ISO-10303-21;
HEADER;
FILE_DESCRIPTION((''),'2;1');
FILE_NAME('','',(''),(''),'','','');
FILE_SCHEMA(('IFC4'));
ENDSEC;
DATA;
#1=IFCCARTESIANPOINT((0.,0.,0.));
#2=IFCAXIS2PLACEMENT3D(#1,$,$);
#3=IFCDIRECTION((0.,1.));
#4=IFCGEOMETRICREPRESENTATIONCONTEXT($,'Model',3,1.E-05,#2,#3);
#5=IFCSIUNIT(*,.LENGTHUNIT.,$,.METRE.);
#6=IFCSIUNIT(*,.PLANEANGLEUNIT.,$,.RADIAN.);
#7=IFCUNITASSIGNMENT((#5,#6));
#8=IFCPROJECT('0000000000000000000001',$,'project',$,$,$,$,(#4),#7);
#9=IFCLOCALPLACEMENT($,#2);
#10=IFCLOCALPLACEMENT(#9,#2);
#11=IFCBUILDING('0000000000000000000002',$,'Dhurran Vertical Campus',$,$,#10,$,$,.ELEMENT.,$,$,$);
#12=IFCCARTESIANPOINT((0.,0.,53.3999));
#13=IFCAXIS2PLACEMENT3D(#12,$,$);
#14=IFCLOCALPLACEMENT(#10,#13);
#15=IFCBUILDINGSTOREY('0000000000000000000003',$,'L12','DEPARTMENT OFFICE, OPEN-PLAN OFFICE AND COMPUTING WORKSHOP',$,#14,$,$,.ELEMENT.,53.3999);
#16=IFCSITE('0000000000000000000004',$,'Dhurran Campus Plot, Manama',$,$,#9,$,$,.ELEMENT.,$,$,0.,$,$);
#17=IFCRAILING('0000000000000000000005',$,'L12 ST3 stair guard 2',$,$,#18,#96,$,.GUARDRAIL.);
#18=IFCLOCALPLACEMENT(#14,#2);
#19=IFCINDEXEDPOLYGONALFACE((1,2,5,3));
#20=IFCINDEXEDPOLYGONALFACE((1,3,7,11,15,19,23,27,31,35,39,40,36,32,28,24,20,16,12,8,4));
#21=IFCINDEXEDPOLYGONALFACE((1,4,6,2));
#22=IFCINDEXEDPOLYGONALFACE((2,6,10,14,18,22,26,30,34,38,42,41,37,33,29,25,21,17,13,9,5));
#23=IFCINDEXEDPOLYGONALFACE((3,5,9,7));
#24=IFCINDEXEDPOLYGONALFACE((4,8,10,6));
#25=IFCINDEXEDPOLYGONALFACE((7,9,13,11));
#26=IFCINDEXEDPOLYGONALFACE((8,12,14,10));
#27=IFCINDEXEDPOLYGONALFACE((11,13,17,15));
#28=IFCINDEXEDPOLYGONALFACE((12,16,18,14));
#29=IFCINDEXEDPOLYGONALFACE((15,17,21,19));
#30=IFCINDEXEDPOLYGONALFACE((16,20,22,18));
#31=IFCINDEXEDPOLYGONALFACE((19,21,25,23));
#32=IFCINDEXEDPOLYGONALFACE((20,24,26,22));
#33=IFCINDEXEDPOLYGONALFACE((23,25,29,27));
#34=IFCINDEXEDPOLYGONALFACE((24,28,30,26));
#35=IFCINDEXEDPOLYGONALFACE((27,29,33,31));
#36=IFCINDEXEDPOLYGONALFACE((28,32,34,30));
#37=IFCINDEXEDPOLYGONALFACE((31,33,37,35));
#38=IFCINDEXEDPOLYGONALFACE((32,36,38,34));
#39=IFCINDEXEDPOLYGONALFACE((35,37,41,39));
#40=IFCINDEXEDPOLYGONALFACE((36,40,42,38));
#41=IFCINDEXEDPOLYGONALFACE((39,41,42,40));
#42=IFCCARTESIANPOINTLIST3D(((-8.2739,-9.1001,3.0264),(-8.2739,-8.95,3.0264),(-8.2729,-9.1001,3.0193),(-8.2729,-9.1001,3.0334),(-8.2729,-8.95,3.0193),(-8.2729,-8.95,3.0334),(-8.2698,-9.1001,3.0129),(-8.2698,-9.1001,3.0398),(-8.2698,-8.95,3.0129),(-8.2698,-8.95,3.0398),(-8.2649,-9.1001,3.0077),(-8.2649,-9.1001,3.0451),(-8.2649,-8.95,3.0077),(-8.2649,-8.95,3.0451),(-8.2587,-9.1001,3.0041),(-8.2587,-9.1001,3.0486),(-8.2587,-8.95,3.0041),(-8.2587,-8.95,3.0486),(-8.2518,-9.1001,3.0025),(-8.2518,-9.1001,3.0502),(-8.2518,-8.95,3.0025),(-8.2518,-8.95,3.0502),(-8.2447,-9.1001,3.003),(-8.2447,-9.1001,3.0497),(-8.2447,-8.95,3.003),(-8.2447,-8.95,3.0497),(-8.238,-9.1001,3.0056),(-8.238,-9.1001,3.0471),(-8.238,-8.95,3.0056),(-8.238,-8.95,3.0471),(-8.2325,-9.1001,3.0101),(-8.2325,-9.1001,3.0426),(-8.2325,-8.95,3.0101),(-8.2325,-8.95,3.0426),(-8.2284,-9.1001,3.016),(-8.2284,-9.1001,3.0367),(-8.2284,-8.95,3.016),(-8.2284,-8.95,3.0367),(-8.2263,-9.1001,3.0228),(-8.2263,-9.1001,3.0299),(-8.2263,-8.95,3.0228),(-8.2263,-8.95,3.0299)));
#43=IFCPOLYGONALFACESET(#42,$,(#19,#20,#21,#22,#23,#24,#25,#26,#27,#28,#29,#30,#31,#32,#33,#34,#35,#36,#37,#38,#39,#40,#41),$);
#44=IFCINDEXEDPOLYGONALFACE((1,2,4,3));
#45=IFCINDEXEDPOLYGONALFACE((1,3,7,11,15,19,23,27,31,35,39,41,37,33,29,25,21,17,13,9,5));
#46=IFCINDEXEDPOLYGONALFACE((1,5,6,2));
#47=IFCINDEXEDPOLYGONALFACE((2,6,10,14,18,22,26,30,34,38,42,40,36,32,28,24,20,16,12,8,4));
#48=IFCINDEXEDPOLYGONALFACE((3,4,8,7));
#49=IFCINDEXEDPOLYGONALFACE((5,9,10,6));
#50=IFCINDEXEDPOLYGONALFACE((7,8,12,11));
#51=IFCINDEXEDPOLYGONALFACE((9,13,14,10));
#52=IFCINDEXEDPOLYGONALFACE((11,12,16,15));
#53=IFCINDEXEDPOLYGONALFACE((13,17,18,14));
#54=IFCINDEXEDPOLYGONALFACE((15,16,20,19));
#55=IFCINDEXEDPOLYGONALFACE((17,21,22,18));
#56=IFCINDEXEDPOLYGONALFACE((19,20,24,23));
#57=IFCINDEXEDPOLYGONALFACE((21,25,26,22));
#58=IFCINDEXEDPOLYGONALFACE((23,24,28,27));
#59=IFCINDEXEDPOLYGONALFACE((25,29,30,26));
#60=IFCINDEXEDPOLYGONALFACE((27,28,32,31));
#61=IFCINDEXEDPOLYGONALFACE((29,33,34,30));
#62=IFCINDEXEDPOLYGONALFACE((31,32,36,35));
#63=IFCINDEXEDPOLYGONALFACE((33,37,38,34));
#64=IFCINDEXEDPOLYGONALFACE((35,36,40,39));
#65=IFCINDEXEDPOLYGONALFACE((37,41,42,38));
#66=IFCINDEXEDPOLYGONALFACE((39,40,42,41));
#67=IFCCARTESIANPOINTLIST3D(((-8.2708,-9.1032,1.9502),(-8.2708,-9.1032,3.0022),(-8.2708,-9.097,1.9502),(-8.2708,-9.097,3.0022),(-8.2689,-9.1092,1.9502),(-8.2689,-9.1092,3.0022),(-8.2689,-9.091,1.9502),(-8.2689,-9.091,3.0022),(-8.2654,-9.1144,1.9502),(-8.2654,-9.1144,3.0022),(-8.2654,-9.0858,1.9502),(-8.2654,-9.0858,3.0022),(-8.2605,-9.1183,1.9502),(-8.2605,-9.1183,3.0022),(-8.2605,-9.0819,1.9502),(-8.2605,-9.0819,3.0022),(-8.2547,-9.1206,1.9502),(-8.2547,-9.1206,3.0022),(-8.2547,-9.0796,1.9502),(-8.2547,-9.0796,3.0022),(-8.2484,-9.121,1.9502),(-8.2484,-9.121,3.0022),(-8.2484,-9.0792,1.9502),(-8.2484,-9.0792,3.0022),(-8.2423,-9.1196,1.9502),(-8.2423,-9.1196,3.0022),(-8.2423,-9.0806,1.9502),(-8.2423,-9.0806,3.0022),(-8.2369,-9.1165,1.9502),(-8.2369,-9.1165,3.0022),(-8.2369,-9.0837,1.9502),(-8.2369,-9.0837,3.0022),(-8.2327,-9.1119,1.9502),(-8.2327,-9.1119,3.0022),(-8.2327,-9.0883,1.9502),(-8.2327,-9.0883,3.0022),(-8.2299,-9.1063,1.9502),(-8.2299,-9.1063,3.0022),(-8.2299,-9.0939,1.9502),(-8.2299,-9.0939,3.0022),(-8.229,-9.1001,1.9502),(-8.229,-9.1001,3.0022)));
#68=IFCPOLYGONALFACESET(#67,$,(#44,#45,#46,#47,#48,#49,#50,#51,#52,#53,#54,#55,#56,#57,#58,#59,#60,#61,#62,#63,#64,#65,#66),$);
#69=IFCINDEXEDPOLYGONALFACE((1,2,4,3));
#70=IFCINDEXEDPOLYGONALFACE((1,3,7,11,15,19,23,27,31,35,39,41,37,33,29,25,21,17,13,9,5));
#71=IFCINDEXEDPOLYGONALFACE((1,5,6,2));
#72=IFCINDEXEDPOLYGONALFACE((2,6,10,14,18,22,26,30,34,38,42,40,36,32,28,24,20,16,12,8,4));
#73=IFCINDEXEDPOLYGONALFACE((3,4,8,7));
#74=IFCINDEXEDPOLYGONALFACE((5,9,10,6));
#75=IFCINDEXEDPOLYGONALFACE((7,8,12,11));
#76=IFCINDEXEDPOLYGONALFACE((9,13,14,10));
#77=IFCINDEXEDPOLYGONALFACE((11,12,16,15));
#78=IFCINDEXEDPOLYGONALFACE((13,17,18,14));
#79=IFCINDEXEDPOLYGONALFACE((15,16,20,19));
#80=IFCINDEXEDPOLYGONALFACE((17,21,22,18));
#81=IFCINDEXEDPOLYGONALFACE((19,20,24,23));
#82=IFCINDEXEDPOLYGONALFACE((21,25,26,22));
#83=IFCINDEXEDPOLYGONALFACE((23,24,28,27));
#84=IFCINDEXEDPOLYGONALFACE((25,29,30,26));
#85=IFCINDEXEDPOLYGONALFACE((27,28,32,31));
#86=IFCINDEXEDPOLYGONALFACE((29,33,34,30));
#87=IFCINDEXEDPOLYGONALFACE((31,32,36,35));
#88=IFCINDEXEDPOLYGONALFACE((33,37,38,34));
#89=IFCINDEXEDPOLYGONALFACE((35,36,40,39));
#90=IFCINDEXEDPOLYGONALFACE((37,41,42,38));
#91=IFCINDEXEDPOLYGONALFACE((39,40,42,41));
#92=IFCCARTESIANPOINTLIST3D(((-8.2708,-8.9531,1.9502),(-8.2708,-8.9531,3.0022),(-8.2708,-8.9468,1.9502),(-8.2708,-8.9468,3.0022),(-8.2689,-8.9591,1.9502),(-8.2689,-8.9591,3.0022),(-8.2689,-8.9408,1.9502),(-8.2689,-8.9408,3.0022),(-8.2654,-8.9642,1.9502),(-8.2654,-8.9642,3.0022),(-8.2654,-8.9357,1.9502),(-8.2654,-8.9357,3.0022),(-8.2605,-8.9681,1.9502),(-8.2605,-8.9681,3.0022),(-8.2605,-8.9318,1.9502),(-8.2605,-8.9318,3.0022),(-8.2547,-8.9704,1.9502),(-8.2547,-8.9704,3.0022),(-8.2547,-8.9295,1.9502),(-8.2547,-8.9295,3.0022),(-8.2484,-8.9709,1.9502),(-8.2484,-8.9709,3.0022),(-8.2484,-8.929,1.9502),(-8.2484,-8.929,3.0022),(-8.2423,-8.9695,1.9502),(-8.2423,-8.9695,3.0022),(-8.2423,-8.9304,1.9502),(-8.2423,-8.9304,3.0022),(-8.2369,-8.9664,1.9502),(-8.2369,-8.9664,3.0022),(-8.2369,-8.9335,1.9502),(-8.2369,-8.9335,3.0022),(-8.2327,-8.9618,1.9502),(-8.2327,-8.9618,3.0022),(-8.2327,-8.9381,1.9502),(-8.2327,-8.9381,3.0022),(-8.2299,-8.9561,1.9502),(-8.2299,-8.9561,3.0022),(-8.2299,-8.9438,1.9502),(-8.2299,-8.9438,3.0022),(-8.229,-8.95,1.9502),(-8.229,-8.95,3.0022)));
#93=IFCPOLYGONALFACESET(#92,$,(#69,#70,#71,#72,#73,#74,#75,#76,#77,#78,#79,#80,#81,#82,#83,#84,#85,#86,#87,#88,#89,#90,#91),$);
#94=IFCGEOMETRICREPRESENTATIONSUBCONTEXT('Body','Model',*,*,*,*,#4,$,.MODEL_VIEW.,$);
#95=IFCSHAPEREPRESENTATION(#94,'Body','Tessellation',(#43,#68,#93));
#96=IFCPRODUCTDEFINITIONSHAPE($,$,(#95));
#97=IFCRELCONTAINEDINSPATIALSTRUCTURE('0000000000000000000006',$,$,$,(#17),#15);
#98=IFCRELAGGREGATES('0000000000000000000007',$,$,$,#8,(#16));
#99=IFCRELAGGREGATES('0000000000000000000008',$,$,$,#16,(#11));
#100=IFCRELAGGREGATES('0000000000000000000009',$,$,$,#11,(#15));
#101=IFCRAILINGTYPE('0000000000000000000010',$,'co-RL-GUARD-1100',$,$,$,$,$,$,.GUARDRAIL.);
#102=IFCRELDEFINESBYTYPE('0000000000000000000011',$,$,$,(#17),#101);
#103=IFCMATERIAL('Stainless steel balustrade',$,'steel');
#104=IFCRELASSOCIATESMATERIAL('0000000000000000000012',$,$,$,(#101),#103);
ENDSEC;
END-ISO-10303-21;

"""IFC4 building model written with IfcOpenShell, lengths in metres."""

from ifc_helpers import new_model, si_unit, direction, frame, origin, origin_2d, place, context, subcontext, project, spatial, circle, extrude, material, type_object, element, save


model = new_model("IFC4")

# Units and contexts
model_context = context("Model", 3, precision=1e-05, world=origin(), true_north=direction((0.0, 1.0)))
body_context = subcontext(model_context, "Body", "Model", "MODEL_VIEW")
ifc_project = project(units=[si_unit("LENGTHUNIT", "METRE"), si_unit("PLANEANGLEUNIT", "RADIAN")], contexts=[model_context])

# Site, building, storey
site_placement = place(None, origin())
site = spatial("IfcSite", under=ifc_project, at=site_placement, Name="Dhurran Campus Plot, Manama", CompositionType="ELEMENT", RefElevation=0.0)
building_placement = place(site_placement, origin())
building = spatial("IfcBuilding", under=site, at=building_placement, Name="Dhurran Vertical Campus", CompositionType="ELEMENT")
storey_placement = place(building_placement, frame((0.0, 0.0, 53.3999)))
storey = spatial("IfcBuildingStorey", under=building, at=storey_placement, Name="L12", Description="DEPARTMENT OFFICE, OPEN-PLAN OFFICE AND COMPUTING WORKSHOP", CompositionType="ELEMENT", Elevation=53.3999)

# Railing
ifc_material_1 = material(Name="Stainless steel balustrade", Category="steel")
railing_type_1 = type_object("IfcRailingType", Name="co-RL-GUARD-1100", PredefinedType="GUARDRAIL", material=ifc_material_1)
railing_1_placement = place(storey_placement, frame((-8.25, -9.1001, 1.9502)))
element("IfcRailing", 1, at=railing_1_placement, inside=storey, type_object=railing_type_1, Name="L12 ST3 stair guard 2", PredefinedType="GUARDRAIL", context=body_context, shape_type="SweptSolid", body=[
    extrude(circle(Radius=0.0239, at=origin_2d()), frame((0.0, 0.0, 1.0762), z_axis=(0.0, 1.0, 0.0), x_axis=(-1.0, 0.0, 0.0)), (0.0, 0.0, 1.0), 0.1501),
    extrude(circle(Radius=0.021, at=origin_2d()), origin(), (0.0, 0.0, 1.0), 1.052),
    extrude(circle(Radius=0.021, at=origin_2d()), frame((0.0, 0.1501, 0.0)), (0.0, 0.0, 1.0), 1.052),
])

save(model, "model.ifc")
